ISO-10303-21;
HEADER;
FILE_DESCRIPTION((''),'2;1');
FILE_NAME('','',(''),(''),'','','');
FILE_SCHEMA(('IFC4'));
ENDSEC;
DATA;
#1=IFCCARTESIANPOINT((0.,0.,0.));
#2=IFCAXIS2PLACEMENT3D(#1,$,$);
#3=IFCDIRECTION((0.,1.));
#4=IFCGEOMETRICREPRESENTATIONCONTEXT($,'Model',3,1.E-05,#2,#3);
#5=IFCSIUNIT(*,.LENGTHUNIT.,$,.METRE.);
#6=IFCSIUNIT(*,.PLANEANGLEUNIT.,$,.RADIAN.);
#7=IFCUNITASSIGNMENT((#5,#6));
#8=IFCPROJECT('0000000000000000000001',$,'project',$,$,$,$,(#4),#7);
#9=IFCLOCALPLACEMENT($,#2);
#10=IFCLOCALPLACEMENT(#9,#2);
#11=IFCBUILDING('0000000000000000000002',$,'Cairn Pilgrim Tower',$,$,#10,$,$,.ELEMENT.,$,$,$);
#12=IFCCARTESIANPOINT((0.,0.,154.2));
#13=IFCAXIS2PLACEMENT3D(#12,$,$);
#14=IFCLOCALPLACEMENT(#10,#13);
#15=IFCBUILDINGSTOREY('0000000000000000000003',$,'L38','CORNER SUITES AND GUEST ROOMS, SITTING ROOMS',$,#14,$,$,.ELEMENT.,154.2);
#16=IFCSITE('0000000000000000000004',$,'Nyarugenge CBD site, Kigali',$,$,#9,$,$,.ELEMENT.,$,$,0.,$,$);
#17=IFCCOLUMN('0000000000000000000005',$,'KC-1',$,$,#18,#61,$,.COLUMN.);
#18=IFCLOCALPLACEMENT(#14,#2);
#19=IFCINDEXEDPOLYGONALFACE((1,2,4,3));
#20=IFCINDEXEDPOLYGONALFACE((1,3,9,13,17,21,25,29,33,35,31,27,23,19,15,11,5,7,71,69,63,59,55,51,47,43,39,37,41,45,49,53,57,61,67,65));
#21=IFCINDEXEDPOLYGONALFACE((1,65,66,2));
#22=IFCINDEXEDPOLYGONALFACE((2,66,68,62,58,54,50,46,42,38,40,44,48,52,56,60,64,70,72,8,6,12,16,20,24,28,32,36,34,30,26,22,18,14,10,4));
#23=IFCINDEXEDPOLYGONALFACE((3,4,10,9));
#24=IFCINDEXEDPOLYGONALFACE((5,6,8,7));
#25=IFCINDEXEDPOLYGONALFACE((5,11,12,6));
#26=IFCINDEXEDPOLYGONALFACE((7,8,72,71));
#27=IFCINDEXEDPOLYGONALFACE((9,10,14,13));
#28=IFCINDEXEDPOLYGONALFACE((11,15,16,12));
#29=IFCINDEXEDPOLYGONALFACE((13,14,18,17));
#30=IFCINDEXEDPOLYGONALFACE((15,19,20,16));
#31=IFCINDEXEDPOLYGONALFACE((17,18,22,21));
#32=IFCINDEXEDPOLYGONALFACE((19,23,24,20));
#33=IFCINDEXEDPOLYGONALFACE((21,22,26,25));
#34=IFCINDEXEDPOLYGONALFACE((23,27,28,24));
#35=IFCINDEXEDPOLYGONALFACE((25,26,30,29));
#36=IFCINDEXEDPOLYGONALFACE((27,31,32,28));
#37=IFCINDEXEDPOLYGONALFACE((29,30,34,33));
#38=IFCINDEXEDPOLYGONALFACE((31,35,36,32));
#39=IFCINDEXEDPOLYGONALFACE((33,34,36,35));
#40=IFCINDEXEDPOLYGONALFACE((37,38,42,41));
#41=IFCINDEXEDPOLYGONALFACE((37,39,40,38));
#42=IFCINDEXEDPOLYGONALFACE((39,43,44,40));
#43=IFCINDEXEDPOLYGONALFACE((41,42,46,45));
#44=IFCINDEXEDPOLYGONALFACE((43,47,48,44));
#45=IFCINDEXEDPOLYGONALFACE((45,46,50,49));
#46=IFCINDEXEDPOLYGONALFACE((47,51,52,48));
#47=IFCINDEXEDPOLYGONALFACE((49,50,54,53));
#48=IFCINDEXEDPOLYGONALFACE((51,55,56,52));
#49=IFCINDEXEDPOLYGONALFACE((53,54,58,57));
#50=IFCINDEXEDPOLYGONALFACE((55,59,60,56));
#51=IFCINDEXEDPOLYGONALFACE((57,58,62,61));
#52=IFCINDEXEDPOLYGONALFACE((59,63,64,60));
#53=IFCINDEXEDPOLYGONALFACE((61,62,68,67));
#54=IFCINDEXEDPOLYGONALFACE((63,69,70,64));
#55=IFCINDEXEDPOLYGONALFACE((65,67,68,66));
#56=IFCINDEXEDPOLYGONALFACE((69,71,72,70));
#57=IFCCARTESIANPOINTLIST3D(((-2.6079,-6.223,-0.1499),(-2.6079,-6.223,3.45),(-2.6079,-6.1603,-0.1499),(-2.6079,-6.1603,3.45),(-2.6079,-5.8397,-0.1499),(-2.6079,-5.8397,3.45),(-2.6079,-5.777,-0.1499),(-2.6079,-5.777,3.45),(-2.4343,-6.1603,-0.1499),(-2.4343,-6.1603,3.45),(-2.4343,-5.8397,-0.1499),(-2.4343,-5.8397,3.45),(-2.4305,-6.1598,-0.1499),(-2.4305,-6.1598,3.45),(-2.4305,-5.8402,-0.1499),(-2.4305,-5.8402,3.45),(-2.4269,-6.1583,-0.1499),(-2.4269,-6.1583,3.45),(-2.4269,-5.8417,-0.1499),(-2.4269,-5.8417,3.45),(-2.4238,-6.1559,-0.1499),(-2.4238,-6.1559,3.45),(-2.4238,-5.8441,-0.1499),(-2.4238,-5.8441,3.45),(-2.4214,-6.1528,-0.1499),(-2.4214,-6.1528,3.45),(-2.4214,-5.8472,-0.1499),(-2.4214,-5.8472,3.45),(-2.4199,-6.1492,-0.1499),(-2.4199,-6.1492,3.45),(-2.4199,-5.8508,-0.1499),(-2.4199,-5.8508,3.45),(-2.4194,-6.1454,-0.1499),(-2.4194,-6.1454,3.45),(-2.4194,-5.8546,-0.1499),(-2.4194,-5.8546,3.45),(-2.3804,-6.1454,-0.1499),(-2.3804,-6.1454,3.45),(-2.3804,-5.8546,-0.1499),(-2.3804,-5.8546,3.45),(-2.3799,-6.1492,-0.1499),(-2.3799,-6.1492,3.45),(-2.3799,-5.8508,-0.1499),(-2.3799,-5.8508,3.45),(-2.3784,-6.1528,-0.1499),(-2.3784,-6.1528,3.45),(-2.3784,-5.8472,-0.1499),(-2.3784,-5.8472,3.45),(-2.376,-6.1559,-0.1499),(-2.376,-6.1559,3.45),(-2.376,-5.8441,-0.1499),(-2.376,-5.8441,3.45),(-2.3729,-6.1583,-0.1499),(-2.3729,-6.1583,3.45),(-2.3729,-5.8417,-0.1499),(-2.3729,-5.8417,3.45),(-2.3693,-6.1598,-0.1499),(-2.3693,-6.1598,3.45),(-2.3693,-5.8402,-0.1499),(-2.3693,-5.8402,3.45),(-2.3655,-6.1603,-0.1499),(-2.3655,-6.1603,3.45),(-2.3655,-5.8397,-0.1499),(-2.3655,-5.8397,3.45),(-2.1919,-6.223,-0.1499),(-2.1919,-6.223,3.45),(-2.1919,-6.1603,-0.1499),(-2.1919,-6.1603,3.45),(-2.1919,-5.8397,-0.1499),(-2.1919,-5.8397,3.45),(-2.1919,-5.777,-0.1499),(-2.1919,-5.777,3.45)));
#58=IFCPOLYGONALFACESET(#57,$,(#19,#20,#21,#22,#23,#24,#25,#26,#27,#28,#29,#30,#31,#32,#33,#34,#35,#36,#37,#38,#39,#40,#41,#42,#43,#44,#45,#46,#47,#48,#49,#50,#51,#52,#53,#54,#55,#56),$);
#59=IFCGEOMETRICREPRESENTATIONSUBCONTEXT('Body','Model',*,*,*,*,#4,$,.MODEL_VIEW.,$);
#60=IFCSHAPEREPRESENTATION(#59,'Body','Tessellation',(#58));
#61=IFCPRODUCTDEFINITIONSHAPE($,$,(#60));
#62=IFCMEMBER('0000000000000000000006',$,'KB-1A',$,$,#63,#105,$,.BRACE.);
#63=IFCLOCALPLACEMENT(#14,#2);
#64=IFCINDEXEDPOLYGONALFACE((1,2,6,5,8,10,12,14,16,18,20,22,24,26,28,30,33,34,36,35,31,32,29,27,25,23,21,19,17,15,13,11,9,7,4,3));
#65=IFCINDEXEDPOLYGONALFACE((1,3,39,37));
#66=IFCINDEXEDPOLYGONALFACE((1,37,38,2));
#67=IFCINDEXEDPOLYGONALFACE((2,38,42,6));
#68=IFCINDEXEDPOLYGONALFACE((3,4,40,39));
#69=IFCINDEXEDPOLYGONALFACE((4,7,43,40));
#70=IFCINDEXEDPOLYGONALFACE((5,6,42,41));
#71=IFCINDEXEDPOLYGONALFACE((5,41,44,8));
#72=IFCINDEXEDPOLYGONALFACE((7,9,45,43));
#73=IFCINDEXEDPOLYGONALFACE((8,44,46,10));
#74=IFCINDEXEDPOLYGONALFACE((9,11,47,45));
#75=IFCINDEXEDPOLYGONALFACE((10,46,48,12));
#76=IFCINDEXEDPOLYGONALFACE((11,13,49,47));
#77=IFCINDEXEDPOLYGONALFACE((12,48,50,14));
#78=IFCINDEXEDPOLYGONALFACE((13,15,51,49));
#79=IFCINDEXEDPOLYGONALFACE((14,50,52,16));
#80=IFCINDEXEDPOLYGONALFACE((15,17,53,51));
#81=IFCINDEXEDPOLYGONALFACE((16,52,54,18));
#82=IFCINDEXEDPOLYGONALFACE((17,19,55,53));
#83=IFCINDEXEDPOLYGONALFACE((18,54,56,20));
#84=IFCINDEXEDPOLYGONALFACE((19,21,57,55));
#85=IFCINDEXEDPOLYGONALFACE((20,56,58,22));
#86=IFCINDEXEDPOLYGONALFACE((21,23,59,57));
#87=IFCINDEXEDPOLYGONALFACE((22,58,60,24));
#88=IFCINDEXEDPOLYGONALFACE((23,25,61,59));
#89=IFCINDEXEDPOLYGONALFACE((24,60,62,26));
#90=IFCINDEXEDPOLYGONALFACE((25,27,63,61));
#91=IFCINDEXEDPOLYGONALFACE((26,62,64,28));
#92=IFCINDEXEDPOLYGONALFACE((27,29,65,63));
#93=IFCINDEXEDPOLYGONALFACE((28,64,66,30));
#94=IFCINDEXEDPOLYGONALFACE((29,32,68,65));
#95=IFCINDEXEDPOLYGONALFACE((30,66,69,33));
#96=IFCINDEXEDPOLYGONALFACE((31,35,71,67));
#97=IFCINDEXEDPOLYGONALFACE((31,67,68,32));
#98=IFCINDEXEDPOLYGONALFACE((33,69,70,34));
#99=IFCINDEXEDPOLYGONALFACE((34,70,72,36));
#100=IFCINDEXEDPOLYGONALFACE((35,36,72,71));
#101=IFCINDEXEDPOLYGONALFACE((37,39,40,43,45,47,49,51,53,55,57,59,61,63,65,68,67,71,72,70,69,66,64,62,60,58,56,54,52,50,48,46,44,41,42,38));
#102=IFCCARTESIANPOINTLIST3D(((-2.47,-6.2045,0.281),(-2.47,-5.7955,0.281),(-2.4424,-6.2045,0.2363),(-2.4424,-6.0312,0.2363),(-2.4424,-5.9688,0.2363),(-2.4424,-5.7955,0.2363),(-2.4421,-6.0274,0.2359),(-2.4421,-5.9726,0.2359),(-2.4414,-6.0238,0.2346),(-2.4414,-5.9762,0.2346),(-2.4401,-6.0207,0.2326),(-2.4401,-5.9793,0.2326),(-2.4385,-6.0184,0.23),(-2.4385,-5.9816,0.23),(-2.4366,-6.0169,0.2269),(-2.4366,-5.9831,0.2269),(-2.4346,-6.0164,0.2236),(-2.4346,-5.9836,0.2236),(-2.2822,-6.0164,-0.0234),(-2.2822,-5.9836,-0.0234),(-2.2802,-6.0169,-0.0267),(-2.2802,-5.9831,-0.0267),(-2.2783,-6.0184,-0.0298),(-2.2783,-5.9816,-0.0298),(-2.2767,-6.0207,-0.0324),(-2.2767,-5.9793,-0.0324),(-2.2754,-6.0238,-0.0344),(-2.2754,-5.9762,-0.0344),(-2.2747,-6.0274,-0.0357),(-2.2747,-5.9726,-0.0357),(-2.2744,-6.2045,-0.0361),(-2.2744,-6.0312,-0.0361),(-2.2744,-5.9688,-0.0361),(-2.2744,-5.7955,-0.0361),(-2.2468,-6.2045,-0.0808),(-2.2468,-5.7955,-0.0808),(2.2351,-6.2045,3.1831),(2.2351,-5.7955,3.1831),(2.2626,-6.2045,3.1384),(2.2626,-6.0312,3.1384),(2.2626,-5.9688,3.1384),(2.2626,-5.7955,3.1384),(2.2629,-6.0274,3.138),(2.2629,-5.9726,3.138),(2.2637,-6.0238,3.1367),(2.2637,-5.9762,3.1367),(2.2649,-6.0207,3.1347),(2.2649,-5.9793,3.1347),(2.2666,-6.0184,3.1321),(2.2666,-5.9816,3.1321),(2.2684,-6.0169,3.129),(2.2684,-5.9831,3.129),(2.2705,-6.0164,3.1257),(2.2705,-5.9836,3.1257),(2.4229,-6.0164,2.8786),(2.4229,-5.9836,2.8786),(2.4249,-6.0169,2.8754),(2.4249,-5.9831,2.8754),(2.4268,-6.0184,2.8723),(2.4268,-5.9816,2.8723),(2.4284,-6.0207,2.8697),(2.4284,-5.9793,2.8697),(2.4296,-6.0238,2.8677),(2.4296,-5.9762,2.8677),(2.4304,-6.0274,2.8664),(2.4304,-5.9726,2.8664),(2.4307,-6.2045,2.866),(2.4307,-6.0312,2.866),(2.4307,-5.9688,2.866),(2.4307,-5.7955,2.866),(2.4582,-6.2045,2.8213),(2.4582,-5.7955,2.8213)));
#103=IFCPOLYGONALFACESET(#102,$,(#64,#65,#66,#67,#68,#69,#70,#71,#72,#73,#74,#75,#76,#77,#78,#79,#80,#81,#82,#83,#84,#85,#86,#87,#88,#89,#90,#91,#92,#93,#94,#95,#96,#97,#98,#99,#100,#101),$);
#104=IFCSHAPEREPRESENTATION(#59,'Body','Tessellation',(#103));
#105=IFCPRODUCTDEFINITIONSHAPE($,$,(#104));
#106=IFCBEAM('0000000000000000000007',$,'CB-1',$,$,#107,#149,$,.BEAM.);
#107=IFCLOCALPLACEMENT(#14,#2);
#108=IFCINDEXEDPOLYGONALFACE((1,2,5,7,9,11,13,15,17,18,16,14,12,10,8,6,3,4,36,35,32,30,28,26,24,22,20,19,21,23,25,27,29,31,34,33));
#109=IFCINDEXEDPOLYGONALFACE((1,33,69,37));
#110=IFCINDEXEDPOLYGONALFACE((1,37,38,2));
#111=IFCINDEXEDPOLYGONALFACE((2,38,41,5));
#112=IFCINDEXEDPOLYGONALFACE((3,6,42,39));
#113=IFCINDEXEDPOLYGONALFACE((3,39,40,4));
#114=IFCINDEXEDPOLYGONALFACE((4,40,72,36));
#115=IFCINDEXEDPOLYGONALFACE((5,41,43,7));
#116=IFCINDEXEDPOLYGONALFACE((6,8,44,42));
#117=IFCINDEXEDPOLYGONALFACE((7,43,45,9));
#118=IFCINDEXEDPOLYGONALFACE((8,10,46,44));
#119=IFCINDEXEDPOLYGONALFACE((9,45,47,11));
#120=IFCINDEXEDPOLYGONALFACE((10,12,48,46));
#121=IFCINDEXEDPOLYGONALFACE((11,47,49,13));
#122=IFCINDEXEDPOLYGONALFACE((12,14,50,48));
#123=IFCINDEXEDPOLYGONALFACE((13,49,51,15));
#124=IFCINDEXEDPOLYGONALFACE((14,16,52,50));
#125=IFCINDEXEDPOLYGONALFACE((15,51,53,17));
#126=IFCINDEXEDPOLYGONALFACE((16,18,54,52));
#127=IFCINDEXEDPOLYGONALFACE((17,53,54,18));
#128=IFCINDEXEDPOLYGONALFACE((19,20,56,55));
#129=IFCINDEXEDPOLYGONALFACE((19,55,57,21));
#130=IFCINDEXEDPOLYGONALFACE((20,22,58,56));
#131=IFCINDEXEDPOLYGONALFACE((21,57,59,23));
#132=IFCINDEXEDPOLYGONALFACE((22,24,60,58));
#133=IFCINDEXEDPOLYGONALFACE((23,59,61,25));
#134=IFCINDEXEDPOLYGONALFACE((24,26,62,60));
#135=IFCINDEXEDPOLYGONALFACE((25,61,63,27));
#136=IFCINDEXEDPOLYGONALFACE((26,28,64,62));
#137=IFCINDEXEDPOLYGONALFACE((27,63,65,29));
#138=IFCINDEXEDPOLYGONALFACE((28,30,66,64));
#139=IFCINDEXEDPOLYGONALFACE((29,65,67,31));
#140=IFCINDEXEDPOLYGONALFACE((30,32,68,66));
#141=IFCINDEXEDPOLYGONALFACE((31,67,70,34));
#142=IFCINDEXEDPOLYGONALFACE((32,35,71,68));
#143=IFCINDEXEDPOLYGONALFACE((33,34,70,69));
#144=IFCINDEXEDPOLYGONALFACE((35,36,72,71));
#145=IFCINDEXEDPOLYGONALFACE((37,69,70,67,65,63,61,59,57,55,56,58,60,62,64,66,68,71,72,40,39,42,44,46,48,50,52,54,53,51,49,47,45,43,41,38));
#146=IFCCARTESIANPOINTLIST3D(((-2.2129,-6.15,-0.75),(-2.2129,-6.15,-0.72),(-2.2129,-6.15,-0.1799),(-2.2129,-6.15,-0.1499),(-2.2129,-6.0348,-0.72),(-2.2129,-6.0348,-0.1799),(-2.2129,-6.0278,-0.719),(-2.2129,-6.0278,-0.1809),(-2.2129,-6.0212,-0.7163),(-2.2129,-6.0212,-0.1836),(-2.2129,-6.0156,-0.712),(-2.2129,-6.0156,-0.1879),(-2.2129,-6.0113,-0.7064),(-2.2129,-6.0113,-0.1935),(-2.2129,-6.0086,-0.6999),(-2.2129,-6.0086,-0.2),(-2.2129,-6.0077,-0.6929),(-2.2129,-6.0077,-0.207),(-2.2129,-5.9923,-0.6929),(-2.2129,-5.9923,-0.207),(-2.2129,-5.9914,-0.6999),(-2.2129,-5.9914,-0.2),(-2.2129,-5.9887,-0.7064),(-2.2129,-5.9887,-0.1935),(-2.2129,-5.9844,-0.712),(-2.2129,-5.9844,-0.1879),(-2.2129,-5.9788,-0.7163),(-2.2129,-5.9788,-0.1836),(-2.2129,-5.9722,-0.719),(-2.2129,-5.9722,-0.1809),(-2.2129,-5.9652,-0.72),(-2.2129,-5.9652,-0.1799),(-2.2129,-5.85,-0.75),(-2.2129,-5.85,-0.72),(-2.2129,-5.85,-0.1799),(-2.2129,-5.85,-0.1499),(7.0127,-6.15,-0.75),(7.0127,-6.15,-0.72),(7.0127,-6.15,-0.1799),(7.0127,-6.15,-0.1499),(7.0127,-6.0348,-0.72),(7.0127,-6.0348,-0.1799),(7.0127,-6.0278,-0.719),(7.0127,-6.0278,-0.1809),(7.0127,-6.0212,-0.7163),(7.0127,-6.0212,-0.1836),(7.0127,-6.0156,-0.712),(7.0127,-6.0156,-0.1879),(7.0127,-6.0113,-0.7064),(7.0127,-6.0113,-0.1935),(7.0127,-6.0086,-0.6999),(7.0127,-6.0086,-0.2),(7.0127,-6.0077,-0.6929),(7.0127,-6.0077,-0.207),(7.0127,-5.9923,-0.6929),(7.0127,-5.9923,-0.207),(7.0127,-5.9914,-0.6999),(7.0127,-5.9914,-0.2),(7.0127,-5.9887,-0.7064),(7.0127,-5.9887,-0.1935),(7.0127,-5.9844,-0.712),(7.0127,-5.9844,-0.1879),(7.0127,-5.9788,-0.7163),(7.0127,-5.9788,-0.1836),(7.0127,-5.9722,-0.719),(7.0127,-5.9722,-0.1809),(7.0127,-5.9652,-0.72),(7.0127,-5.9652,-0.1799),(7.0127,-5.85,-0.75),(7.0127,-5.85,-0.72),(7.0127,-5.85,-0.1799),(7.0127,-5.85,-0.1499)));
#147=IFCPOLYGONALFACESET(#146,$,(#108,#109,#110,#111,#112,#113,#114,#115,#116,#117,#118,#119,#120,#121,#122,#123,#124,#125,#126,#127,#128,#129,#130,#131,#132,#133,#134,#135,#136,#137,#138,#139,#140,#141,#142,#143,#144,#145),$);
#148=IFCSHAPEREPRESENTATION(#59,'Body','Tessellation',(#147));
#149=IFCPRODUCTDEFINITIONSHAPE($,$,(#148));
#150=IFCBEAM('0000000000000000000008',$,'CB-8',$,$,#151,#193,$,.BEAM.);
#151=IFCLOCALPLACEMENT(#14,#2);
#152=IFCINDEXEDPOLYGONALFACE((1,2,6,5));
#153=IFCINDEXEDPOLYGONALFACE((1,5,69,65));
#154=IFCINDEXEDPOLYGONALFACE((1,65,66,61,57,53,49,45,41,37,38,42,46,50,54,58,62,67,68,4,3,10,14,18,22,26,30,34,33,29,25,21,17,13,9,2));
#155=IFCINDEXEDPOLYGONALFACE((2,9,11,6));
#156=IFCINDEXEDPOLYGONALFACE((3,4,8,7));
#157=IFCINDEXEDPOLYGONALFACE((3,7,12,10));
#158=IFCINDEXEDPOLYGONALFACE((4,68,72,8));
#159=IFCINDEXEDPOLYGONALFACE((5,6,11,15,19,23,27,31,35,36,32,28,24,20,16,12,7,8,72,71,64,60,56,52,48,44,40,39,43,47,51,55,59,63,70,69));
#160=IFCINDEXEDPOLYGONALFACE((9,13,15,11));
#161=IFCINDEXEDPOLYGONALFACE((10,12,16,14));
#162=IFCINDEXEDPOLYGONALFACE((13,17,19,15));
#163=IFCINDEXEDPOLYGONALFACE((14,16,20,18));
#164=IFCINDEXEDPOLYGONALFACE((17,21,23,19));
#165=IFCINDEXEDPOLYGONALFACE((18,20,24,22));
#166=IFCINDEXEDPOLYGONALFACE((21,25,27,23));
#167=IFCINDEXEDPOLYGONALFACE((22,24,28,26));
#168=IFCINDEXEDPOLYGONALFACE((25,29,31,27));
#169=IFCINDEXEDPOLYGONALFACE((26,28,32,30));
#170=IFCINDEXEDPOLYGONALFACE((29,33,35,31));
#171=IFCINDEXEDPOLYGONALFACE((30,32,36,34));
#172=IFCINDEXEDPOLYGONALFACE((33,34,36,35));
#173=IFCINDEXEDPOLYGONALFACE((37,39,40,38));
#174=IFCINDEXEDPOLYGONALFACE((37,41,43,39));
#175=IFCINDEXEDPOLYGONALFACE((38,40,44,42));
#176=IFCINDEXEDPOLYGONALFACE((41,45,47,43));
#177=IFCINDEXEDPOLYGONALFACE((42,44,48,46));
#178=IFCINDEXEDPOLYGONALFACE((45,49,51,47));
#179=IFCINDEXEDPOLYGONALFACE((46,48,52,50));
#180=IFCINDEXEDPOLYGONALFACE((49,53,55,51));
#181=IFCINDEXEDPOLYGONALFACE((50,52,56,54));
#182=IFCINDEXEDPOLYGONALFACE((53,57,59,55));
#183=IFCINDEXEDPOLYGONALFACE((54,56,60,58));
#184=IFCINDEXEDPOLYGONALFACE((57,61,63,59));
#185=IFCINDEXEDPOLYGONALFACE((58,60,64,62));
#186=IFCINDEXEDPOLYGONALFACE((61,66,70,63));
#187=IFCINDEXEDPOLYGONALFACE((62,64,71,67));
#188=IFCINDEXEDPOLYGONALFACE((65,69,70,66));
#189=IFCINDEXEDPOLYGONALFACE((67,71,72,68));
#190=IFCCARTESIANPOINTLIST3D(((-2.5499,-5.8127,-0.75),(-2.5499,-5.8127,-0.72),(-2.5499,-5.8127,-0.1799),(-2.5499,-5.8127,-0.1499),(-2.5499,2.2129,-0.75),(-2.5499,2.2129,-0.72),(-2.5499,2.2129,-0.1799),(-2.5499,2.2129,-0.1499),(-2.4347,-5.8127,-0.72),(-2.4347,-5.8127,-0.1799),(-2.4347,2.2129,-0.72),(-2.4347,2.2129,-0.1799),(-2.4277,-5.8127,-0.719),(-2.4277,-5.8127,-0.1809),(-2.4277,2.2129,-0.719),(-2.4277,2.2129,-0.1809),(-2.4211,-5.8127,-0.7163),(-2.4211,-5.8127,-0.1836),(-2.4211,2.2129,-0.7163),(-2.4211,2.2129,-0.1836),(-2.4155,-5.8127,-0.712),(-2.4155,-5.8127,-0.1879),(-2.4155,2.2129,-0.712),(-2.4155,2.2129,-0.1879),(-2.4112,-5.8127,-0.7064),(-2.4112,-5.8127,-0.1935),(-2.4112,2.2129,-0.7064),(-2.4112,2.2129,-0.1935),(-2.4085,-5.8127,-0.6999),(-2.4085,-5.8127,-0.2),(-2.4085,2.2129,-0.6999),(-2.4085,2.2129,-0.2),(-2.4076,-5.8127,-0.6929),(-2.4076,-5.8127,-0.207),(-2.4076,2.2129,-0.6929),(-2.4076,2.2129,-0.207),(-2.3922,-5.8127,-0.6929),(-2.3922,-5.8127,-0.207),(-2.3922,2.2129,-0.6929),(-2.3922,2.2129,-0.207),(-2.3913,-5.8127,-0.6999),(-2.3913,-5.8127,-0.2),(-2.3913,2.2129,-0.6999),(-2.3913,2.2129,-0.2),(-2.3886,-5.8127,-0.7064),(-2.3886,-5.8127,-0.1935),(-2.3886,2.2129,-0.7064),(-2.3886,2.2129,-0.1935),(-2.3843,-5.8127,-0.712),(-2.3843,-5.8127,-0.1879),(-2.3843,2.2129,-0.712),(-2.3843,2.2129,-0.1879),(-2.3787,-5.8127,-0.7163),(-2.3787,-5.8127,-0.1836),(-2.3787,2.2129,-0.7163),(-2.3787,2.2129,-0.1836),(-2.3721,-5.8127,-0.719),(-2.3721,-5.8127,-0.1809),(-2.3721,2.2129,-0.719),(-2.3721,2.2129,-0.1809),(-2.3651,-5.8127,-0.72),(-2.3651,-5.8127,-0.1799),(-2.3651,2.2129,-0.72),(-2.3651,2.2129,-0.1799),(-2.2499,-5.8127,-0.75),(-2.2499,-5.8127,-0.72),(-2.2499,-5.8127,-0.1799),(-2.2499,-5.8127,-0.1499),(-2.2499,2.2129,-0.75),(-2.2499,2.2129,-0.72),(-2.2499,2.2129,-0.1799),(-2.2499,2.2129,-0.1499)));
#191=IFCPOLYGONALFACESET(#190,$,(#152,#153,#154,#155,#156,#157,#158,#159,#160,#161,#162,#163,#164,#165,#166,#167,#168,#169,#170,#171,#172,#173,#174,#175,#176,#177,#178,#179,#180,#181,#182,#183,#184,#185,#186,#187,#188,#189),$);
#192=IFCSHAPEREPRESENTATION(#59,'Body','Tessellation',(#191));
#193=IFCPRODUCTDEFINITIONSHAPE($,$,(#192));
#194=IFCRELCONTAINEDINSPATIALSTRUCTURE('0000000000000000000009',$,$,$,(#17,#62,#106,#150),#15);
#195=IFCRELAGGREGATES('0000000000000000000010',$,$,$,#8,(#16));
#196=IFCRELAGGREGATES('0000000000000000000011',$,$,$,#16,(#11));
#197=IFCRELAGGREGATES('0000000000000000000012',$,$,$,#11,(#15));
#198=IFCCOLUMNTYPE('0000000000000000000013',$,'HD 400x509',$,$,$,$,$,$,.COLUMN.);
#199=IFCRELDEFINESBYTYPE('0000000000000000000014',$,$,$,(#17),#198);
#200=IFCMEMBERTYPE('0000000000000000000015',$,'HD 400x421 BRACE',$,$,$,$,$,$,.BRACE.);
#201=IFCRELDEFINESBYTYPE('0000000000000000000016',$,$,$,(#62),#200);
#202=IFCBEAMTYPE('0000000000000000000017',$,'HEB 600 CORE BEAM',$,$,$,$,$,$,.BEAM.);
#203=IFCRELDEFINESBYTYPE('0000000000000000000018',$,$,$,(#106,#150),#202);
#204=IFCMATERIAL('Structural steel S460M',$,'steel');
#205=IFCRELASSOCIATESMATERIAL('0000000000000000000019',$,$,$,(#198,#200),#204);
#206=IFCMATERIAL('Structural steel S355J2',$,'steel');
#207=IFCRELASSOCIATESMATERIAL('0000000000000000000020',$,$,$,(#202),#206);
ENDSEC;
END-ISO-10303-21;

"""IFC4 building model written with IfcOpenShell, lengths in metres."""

from ifc_helpers import new_model, si_unit, direction, frame, origin, origin_2d, place, context, subcontext, project, spatial, i_section, extrude, material, material_profile, profile_set, type_object, element, save


model = new_model("IFC4")

# Units and contexts
model_context = context("Model", 3, precision=1e-05, world=origin(), true_north=direction((0.0, 1.0)))
body_context = subcontext(model_context, "Body", "Model", "MODEL_VIEW")
ifc_project = project(units=[si_unit("LENGTHUNIT", "METRE"), si_unit("PLANEANGLEUNIT", "RADIAN")], contexts=[model_context])

# Site, building, storey
site_placement = place(None, origin())
site = spatial("IfcSite", under=ifc_project, at=site_placement, Name="Nyarugenge CBD site, Kigali", CompositionType="ELEMENT", RefElevation=0.0)
building_placement = place(site_placement, origin())
building = spatial("IfcBuilding", under=site, at=building_placement, Name="Cairn Pilgrim Tower", CompositionType="ELEMENT")
storey_placement = place(building_placement, frame((0.0, 0.0, 154.2)))
storey = spatial("IfcBuildingStorey", under=building, at=storey_placement, Name="L38", Description="CORNER SUITES AND GUEST ROOMS, SITTING ROOMS", CompositionType="ELEMENT", Elevation=154.2)

# Column
ifc_material_1 = material(Name="Structural steel S460M", Category="steel")
ifc_material_profile_1 = material_profile(ifc_material_1, i_section(OverallWidth=0.416, OverallDepth=0.446, WebThickness=0.0391, FlangeThickness=0.0627, FilletRadius=0.0149, at=origin_2d()), Name="HD 400x509")
ifc_profile_set_1 = profile_set([ifc_material_profile_1], Name="Structural steel S460M")
column_type = type_object("IfcColumnType", Name="HD 400x509", PredefinedType="COLUMN", material=ifc_profile_set_1)
column_placement = place(storey_placement, frame((-2.3999, -6.0, -0.1499), z_axis=(0.0, 0.0, 1.0), x_axis=(1.0, 0.0, 0.0)))
element("IfcColumn", 1, at=column_placement, inside=storey, type_object=column_type, Name="KC-1", PredefinedType="COLUMN", context=body_context, shape_type="SweptSolid", body=[
    extrude(i_section(OverallWidth=0.416, OverallDepth=0.446, WebThickness=0.0391, FlangeThickness=0.0627, FilletRadius=0.0149, at=origin_2d()), origin(), (0.0, 0.0, 1.0), 3.5999),
])

# Member
ifc_material_profile_2 = material_profile(ifc_material_1, i_section(OverallWidth=0.4089, OverallDepth=0.425, WebThickness=0.0327, FlangeThickness=0.0525, FilletRadius=0.0149, at=origin_2d()), Name="HD 400x421")
ifc_profile_set_2 = profile_set([ifc_material_profile_2], Name="Structural steel S460M")
member_type = type_object("IfcMemberType", Name="HD 400x421 BRACE", PredefinedType="BRACE", material=ifc_profile_set_2)
member_placement = place(storey_placement, frame((-2.3584, -6.0, 0.1001), z_axis=(0.85112, 0.0, 0.524972), x_axis=(0.0, 1.0, 0.0)))
element("IfcMember", 2, at=member_placement, inside=storey, type_object=member_type, Name="KB-1A", PredefinedType="BRACE", context=body_context, shape_type="SweptSolid", body=[
    extrude(i_section(OverallWidth=0.4089, OverallDepth=0.425, WebThickness=0.0327, FlangeThickness=0.0525, FilletRadius=0.0149, at=origin_2d()), origin(), (0.0, 0.0, 1.0), 5.5281),
])

# Beams
ifc_material_2 = material(Name="Structural steel S355J2", Category="steel")
ifc_material_profile_3 = material_profile(ifc_material_2, i_section(OverallWidth=0.3, OverallDepth=0.6001, WebThickness=0.0154, FlangeThickness=0.03, FilletRadius=0.0271, at=origin_2d()), Name="HEB 600")
ifc_profile_set_3 = profile_set([ifc_material_profile_3], Name="Structural steel S355J2")
beam_type_1 = type_object("IfcBeamType", Name="HEB 600 CORE BEAM", PredefinedType="BEAM", material=ifc_profile_set_3)
beam_1_placement = place(storey_placement, frame((-2.2129, -6.0, -0.45), z_axis=(1.0, 0.0, 0.0), x_axis=(0.0, 1.0, 0.0)))
element("IfcBeam", 3, at=beam_1_placement, inside=storey, type_object=beam_type_1, Name="CB-1", PredefinedType="BEAM", context=body_context, shape_type="SweptSolid", body=[
    extrude(i_section(OverallWidth=0.3, OverallDepth=0.6001, WebThickness=0.0154, FlangeThickness=0.03, FilletRadius=0.0271, at=origin_2d()), origin(), (0.0, 0.0, 1.0), 9.2256),
])
beam_2_placement = place(storey_placement, frame((-2.3999, 2.2129, -0.45), z_axis=(0.0, -1.0, 0.0), x_axis=(1.0, 0.0, 0.0)))
element("IfcBeam", 4, at=beam_2_placement, inside=storey, type_object=beam_type_1, Name="CB-8", PredefinedType="BEAM", context=body_context, shape_type="SweptSolid", body=[
    extrude(i_section(OverallWidth=0.3, OverallDepth=0.6001, WebThickness=0.0154, FlangeThickness=0.03, FilletRadius=0.0271, at=origin_2d()), origin(), (0.0, 0.0, 1.0), 8.0256),
])

save(model, "model.ifc")
